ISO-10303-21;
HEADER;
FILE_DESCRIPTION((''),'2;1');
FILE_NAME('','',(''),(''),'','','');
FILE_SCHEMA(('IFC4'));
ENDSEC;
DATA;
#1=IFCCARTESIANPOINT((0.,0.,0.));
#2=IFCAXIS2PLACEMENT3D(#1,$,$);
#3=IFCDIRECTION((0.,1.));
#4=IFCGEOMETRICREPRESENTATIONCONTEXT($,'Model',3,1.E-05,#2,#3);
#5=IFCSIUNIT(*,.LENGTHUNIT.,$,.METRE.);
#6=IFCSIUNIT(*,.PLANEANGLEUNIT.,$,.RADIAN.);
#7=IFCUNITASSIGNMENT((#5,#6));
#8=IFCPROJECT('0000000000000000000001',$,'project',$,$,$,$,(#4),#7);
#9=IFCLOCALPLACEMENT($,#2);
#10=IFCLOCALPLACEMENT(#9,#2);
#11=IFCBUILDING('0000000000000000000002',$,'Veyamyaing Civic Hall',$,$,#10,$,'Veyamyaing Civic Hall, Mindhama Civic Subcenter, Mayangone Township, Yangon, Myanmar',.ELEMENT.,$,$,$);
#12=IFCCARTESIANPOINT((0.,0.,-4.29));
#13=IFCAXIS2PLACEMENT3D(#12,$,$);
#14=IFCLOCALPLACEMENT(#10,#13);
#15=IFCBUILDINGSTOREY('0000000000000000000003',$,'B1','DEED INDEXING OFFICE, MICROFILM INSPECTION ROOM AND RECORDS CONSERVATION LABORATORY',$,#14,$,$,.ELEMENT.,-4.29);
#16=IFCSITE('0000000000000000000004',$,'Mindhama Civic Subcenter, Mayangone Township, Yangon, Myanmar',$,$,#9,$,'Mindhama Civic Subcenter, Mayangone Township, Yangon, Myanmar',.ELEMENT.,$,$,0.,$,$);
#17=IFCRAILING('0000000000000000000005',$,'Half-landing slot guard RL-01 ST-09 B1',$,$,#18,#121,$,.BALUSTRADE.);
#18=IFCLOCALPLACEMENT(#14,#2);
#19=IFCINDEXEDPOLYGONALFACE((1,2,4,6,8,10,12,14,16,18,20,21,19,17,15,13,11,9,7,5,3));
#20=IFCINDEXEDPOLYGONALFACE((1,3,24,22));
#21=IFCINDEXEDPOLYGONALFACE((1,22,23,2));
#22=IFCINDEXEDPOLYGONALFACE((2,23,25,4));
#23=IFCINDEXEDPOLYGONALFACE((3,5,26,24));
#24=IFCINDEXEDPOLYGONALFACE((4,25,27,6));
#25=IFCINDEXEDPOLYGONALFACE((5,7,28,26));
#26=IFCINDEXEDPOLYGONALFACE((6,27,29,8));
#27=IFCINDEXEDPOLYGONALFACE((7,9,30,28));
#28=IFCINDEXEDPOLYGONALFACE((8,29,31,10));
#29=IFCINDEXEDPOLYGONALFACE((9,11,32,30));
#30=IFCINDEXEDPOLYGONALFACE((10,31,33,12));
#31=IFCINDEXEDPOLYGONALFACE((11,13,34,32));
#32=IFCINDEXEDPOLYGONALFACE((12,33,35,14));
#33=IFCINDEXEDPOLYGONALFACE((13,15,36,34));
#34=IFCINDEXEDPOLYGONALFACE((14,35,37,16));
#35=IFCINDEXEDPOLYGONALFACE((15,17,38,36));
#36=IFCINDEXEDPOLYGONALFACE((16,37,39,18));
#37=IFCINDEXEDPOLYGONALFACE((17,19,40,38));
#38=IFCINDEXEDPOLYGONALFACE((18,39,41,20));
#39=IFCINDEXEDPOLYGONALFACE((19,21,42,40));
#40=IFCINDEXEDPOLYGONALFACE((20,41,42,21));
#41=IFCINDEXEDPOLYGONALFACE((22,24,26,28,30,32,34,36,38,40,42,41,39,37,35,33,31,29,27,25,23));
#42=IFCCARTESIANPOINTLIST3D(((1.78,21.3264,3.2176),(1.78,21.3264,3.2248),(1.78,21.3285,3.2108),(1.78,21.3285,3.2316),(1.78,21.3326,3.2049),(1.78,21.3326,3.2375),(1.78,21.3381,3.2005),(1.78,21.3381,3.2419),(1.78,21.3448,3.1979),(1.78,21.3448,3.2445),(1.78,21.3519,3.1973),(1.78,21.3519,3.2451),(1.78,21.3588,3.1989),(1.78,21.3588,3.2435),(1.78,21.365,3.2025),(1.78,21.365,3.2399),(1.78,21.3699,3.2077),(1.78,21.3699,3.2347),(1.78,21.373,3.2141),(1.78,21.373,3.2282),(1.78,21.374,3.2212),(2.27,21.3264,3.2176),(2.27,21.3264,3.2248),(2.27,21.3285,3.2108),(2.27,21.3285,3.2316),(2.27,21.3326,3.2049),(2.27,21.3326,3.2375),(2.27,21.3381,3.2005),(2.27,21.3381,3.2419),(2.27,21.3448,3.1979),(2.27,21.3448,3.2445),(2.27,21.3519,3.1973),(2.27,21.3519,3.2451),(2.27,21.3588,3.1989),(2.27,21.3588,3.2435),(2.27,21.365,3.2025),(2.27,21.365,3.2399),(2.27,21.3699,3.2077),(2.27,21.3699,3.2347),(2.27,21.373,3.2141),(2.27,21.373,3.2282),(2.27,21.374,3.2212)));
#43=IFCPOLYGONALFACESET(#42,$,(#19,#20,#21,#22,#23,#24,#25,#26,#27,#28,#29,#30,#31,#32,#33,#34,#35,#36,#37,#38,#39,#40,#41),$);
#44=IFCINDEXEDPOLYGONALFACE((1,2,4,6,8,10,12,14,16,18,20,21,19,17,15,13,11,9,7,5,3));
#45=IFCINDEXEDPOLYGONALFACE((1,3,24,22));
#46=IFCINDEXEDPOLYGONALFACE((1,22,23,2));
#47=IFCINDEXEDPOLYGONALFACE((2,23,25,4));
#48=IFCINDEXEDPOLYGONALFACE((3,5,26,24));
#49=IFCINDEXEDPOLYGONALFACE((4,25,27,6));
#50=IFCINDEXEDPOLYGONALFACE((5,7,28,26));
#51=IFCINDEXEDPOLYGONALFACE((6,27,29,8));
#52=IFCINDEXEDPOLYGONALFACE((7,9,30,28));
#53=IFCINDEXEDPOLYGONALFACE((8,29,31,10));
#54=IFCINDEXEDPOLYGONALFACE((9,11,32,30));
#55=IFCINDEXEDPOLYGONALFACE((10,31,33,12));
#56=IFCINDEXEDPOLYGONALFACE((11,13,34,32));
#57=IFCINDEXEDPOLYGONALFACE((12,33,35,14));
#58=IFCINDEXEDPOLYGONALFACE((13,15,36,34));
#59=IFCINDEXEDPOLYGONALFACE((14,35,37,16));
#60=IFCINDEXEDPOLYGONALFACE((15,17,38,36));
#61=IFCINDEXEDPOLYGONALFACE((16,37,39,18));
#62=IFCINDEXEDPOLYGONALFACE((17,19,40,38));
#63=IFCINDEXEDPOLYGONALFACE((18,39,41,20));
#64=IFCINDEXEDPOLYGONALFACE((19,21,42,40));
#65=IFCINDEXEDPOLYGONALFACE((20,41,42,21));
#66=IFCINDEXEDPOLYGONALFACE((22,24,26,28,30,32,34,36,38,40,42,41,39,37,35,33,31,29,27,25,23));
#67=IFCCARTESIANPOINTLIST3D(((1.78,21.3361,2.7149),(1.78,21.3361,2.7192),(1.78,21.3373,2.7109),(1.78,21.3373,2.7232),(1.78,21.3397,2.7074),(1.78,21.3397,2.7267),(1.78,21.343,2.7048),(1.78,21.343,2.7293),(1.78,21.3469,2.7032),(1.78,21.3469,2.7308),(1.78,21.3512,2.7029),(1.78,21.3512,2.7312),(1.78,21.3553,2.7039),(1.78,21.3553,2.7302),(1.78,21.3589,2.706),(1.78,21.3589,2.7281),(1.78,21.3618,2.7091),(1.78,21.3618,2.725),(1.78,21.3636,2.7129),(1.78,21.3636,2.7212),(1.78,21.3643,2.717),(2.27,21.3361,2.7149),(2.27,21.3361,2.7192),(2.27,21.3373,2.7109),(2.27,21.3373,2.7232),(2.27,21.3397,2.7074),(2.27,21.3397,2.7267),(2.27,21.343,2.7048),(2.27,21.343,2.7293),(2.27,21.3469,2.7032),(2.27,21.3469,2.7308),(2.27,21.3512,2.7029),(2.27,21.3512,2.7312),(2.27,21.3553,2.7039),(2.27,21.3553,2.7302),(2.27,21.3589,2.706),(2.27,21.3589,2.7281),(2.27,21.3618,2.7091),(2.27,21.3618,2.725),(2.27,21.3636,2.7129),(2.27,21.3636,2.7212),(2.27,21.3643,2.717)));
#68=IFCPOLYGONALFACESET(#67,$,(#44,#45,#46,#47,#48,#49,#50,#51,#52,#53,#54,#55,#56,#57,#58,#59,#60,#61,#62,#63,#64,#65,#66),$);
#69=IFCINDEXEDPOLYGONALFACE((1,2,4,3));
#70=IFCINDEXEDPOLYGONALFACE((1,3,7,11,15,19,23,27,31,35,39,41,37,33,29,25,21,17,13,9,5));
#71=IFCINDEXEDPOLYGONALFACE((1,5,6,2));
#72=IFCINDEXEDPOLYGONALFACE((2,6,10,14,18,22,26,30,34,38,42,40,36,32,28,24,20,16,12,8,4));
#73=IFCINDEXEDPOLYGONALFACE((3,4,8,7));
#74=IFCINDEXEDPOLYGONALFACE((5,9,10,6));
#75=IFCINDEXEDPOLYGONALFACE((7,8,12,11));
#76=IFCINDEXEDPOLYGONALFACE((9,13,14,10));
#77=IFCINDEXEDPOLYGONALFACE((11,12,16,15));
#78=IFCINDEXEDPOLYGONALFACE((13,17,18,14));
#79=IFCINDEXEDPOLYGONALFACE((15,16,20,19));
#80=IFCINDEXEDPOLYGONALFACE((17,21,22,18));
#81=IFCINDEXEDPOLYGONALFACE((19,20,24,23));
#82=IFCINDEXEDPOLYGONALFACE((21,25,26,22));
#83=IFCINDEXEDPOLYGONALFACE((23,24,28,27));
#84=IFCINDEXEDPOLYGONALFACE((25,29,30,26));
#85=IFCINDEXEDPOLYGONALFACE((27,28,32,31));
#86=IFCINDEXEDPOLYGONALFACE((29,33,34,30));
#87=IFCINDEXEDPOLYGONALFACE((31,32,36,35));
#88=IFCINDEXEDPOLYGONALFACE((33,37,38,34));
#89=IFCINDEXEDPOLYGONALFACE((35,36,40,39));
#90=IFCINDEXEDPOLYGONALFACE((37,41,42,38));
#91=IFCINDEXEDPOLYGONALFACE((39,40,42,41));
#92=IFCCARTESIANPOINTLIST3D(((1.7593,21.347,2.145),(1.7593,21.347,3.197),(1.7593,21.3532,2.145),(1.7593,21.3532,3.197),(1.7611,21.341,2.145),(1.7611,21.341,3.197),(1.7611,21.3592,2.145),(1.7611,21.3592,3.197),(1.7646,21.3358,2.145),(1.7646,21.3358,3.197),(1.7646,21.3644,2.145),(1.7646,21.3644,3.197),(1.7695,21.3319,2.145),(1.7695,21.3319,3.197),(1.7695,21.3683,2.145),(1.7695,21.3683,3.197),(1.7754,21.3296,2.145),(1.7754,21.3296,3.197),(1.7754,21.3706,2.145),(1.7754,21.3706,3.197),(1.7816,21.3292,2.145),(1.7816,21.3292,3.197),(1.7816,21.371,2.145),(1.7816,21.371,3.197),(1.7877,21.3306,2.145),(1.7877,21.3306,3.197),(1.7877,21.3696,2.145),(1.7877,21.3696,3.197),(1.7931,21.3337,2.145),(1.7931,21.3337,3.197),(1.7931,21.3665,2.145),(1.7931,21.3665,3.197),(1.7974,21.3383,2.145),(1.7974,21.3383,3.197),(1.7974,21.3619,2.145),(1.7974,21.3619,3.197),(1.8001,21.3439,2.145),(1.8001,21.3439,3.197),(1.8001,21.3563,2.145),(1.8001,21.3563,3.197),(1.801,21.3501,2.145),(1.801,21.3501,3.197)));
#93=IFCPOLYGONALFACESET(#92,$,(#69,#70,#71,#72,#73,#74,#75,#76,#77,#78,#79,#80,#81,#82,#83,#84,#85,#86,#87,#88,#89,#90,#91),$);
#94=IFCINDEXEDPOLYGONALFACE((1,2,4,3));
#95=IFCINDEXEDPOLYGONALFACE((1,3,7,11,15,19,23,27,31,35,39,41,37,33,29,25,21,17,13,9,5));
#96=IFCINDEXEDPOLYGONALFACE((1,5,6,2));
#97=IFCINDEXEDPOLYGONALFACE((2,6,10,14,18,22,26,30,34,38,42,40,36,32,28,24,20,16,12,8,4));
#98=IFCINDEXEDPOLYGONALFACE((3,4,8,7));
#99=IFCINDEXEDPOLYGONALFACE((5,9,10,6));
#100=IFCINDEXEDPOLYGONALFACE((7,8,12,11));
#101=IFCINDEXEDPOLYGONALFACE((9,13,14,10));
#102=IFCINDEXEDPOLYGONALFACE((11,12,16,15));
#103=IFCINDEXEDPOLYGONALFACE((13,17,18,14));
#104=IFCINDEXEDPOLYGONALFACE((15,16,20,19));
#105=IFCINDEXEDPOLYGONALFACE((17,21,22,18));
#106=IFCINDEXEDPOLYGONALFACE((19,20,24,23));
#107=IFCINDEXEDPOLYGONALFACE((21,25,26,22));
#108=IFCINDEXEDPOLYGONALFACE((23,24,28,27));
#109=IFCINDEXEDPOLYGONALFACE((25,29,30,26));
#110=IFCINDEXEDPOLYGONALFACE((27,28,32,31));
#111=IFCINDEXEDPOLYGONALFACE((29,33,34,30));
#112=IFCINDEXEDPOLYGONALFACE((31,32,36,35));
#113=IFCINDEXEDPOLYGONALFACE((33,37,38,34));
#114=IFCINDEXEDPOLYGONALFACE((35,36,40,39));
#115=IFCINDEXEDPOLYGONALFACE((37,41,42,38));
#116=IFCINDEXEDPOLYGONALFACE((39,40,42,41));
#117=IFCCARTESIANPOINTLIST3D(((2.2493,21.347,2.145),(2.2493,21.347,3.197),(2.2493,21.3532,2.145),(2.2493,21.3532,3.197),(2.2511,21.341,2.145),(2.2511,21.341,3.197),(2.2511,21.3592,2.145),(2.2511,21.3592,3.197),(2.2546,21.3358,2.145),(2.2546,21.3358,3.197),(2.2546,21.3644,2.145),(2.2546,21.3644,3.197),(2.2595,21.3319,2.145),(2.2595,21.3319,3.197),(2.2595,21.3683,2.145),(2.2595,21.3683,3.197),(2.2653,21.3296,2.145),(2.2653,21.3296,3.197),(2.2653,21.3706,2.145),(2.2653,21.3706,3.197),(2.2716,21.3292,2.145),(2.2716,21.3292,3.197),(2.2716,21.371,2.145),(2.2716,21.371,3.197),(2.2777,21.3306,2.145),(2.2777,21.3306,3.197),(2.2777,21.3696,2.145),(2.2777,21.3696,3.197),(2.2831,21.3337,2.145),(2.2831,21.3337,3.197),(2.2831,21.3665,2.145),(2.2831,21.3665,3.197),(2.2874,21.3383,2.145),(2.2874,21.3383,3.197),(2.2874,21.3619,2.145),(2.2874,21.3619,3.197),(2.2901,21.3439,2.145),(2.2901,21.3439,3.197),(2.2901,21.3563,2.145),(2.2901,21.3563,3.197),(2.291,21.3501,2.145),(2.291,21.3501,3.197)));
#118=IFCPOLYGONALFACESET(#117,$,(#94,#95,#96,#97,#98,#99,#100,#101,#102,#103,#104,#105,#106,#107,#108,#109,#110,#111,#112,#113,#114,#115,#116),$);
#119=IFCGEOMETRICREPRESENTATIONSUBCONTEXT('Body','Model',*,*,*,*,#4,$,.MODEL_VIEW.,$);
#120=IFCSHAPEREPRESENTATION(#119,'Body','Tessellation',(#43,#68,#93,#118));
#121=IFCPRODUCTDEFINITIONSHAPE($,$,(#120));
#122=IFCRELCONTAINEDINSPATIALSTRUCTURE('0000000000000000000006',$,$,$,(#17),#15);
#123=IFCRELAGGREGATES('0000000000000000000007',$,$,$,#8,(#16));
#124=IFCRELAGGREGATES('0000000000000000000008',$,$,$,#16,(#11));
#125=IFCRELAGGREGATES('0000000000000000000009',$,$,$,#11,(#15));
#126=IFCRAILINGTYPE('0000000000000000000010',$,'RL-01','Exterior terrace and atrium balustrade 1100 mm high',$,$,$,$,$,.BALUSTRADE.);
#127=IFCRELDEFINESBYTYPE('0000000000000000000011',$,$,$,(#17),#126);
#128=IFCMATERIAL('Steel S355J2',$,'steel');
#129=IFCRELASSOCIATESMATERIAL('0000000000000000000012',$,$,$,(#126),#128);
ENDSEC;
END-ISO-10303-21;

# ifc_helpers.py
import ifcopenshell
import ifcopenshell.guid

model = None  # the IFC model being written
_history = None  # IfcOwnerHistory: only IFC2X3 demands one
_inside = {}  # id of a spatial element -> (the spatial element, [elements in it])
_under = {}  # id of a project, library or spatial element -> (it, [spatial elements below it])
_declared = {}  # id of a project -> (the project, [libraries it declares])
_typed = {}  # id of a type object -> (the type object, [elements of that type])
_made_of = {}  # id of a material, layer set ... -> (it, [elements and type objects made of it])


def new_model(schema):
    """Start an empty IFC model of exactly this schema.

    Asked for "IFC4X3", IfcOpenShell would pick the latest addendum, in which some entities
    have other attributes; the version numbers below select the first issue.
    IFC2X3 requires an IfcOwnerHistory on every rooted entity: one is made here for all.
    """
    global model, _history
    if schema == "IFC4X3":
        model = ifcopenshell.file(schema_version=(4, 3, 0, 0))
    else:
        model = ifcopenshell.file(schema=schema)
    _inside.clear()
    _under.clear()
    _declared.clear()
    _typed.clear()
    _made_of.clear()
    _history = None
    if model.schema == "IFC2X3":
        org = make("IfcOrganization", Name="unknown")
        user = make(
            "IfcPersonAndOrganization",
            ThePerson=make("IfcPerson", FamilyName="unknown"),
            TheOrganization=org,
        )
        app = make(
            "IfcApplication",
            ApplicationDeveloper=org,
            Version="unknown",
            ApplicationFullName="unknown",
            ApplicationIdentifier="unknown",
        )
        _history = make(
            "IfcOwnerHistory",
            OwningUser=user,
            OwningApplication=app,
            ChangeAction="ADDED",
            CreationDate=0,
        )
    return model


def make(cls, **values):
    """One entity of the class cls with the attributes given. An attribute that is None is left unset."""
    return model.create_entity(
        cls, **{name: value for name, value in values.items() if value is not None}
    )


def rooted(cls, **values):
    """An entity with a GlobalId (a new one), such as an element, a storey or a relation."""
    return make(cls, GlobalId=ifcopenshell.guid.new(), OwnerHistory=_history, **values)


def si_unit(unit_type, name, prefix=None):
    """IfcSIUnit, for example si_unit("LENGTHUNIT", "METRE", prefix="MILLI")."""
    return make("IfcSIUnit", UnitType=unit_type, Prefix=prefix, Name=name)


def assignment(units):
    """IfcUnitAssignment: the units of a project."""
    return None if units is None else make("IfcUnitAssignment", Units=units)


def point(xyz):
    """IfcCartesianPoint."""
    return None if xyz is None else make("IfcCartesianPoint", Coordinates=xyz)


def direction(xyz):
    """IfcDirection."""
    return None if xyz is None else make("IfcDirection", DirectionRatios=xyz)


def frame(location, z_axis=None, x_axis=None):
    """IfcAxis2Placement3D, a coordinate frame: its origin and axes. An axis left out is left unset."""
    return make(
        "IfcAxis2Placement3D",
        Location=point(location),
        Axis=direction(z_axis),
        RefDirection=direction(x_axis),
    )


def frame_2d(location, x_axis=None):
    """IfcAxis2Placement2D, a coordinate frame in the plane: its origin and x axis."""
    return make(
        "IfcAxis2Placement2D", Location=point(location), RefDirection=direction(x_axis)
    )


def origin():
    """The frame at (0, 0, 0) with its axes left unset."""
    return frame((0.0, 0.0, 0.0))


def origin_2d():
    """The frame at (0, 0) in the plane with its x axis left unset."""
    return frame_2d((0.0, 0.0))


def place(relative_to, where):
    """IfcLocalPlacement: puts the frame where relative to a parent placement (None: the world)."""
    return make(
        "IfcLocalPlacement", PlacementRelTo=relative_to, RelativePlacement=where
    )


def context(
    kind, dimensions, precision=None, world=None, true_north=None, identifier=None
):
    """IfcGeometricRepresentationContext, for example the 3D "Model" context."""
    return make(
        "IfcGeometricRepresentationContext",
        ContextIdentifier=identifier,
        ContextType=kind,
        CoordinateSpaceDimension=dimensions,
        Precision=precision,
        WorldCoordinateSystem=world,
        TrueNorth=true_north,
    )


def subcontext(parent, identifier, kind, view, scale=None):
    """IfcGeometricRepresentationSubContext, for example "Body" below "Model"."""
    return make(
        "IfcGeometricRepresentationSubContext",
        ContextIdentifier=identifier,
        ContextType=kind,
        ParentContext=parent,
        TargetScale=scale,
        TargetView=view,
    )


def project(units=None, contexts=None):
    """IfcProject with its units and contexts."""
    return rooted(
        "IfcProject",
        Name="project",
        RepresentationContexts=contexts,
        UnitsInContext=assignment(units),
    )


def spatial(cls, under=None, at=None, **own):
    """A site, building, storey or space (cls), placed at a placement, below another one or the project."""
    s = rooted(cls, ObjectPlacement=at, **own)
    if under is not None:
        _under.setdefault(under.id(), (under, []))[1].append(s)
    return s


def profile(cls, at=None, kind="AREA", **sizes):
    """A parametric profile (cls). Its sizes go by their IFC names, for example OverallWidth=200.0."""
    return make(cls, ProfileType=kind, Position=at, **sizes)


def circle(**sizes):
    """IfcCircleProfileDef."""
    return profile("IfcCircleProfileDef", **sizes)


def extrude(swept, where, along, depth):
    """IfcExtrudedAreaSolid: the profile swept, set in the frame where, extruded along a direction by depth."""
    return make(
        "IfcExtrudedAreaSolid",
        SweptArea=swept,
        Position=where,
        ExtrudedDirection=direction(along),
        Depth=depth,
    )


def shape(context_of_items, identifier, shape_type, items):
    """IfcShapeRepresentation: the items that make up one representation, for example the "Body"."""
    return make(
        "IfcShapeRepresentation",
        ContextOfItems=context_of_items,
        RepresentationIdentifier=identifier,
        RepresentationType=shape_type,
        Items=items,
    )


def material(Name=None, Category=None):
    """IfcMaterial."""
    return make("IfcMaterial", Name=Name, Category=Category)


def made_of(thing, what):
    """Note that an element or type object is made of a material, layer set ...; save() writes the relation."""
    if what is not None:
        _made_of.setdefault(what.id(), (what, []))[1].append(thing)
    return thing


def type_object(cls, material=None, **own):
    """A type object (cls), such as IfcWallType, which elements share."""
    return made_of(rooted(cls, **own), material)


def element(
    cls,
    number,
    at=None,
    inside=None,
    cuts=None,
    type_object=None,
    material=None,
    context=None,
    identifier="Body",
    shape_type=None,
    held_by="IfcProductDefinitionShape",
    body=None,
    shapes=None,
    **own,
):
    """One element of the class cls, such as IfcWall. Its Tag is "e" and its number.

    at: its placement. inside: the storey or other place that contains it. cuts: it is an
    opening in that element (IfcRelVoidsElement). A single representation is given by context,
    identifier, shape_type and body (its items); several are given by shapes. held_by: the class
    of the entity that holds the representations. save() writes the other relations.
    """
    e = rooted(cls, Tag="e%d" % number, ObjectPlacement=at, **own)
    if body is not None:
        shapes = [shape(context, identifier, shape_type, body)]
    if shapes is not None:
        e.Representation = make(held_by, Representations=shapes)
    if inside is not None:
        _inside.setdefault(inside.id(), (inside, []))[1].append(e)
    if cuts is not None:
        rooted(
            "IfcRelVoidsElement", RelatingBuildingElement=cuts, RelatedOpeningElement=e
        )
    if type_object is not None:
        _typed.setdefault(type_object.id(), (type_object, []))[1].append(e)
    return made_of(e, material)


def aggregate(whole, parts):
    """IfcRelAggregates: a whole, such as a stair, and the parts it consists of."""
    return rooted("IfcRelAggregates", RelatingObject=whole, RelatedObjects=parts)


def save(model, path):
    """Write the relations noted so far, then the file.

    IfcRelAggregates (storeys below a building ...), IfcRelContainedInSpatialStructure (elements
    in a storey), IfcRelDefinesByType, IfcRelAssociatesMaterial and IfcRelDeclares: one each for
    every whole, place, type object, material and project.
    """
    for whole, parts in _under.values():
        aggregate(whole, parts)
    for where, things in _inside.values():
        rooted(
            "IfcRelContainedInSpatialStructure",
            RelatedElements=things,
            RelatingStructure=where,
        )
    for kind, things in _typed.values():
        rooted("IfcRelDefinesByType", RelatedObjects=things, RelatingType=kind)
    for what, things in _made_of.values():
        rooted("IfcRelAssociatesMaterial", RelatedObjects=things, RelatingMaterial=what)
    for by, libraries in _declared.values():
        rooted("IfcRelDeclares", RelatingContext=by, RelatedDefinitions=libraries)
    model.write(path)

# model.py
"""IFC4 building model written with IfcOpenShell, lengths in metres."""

from ifc_helpers import new_model, si_unit, direction, frame, origin, origin_2d, place, context, subcontext, project, spatial, circle, extrude, material, type_object, element, save


model = new_model("IFC4")

# Units and contexts
model_context = context("Model", 3, precision=1e-05, world=origin(), true_north=direction((0.0, 1.0)))
body_context = subcontext(model_context, "Body", "Model", "MODEL_VIEW")
ifc_project = project(units=[si_unit("LENGTHUNIT", "METRE"), si_unit("PLANEANGLEUNIT", "RADIAN")], contexts=[model_context])

# Site, building, storey
site_placement = place(None, origin())
site = spatial("IfcSite", under=ifc_project, at=site_placement, Name="Mindhama Civic Subcenter, Mayangone Township, Yangon, Myanmar", LongName="Mindhama Civic Subcenter, Mayangone Township, Yangon, Myanmar", CompositionType="ELEMENT", RefElevation=0.0)
building_placement = place(site_placement, origin())
building = spatial("IfcBuilding", under=site, at=building_placement, Name="Veyamyaing Civic Hall", LongName="Veyamyaing Civic Hall, Mindhama Civic Subcenter, Mayangone Township, Yangon, Myanmar", CompositionType="ELEMENT")
storey_placement = place(building_placement, frame((0.0, 0.0, -4.29)))
storey = spatial("IfcBuildingStorey", under=building, at=storey_placement, Name="B1", Description="DEED INDEXING OFFICE, MICROFILM INSPECTION ROOM AND RECORDS CONSERVATION LABORATORY", CompositionType="ELEMENT", Elevation=-4.29)

# Railing
ifc_material_1 = material(Name="Steel S355J2", Category="steel")
railing_type_1 = type_object("IfcRailingType", Name="RL-01", Description="Exterior terrace and atrium balustrade 1100 mm high", PredefinedType="BALUSTRADE", material=ifc_material_1)
railing_1_placement = place(storey_placement, frame((1.78, 21.3501, 2.145)))
element("IfcRailing", 1, at=railing_1_placement, inside=storey, type_object=railing_type_1, Name="Half-landing slot guard RL-01 ST-09 B1", PredefinedType="BALUSTRADE", context=body_context, shape_type="SweptSolid", body=[
    extrude(circle(Radius=0.0239, at=origin_2d()), frame((0.0, 0.0, 1.0762), z_axis=(1.0, 0.0, 0.0), x_axis=(0.0, 1.0, 0.0)), (0.0, 0.0, 1.0), 0.49),
    extrude(circle(Radius=0.0142, at=origin_2d()), frame((0.0, 0.0, 0.572), z_axis=(1.0, 0.0, 0.0), x_axis=(0.0, 1.0, 0.0)), (0.0, 0.0, 1.0), 0.49),
    extrude(circle(Radius=0.021, at=origin_2d()), origin(), (0.0, 0.0, 1.0), 1.052),
    extrude(circle(Radius=0.021, at=origin_2d()), frame((0.49, 0.0, 0.0)), (0.0, 0.0, 1.0), 1.052),
])

save(model, "model.ifc")
